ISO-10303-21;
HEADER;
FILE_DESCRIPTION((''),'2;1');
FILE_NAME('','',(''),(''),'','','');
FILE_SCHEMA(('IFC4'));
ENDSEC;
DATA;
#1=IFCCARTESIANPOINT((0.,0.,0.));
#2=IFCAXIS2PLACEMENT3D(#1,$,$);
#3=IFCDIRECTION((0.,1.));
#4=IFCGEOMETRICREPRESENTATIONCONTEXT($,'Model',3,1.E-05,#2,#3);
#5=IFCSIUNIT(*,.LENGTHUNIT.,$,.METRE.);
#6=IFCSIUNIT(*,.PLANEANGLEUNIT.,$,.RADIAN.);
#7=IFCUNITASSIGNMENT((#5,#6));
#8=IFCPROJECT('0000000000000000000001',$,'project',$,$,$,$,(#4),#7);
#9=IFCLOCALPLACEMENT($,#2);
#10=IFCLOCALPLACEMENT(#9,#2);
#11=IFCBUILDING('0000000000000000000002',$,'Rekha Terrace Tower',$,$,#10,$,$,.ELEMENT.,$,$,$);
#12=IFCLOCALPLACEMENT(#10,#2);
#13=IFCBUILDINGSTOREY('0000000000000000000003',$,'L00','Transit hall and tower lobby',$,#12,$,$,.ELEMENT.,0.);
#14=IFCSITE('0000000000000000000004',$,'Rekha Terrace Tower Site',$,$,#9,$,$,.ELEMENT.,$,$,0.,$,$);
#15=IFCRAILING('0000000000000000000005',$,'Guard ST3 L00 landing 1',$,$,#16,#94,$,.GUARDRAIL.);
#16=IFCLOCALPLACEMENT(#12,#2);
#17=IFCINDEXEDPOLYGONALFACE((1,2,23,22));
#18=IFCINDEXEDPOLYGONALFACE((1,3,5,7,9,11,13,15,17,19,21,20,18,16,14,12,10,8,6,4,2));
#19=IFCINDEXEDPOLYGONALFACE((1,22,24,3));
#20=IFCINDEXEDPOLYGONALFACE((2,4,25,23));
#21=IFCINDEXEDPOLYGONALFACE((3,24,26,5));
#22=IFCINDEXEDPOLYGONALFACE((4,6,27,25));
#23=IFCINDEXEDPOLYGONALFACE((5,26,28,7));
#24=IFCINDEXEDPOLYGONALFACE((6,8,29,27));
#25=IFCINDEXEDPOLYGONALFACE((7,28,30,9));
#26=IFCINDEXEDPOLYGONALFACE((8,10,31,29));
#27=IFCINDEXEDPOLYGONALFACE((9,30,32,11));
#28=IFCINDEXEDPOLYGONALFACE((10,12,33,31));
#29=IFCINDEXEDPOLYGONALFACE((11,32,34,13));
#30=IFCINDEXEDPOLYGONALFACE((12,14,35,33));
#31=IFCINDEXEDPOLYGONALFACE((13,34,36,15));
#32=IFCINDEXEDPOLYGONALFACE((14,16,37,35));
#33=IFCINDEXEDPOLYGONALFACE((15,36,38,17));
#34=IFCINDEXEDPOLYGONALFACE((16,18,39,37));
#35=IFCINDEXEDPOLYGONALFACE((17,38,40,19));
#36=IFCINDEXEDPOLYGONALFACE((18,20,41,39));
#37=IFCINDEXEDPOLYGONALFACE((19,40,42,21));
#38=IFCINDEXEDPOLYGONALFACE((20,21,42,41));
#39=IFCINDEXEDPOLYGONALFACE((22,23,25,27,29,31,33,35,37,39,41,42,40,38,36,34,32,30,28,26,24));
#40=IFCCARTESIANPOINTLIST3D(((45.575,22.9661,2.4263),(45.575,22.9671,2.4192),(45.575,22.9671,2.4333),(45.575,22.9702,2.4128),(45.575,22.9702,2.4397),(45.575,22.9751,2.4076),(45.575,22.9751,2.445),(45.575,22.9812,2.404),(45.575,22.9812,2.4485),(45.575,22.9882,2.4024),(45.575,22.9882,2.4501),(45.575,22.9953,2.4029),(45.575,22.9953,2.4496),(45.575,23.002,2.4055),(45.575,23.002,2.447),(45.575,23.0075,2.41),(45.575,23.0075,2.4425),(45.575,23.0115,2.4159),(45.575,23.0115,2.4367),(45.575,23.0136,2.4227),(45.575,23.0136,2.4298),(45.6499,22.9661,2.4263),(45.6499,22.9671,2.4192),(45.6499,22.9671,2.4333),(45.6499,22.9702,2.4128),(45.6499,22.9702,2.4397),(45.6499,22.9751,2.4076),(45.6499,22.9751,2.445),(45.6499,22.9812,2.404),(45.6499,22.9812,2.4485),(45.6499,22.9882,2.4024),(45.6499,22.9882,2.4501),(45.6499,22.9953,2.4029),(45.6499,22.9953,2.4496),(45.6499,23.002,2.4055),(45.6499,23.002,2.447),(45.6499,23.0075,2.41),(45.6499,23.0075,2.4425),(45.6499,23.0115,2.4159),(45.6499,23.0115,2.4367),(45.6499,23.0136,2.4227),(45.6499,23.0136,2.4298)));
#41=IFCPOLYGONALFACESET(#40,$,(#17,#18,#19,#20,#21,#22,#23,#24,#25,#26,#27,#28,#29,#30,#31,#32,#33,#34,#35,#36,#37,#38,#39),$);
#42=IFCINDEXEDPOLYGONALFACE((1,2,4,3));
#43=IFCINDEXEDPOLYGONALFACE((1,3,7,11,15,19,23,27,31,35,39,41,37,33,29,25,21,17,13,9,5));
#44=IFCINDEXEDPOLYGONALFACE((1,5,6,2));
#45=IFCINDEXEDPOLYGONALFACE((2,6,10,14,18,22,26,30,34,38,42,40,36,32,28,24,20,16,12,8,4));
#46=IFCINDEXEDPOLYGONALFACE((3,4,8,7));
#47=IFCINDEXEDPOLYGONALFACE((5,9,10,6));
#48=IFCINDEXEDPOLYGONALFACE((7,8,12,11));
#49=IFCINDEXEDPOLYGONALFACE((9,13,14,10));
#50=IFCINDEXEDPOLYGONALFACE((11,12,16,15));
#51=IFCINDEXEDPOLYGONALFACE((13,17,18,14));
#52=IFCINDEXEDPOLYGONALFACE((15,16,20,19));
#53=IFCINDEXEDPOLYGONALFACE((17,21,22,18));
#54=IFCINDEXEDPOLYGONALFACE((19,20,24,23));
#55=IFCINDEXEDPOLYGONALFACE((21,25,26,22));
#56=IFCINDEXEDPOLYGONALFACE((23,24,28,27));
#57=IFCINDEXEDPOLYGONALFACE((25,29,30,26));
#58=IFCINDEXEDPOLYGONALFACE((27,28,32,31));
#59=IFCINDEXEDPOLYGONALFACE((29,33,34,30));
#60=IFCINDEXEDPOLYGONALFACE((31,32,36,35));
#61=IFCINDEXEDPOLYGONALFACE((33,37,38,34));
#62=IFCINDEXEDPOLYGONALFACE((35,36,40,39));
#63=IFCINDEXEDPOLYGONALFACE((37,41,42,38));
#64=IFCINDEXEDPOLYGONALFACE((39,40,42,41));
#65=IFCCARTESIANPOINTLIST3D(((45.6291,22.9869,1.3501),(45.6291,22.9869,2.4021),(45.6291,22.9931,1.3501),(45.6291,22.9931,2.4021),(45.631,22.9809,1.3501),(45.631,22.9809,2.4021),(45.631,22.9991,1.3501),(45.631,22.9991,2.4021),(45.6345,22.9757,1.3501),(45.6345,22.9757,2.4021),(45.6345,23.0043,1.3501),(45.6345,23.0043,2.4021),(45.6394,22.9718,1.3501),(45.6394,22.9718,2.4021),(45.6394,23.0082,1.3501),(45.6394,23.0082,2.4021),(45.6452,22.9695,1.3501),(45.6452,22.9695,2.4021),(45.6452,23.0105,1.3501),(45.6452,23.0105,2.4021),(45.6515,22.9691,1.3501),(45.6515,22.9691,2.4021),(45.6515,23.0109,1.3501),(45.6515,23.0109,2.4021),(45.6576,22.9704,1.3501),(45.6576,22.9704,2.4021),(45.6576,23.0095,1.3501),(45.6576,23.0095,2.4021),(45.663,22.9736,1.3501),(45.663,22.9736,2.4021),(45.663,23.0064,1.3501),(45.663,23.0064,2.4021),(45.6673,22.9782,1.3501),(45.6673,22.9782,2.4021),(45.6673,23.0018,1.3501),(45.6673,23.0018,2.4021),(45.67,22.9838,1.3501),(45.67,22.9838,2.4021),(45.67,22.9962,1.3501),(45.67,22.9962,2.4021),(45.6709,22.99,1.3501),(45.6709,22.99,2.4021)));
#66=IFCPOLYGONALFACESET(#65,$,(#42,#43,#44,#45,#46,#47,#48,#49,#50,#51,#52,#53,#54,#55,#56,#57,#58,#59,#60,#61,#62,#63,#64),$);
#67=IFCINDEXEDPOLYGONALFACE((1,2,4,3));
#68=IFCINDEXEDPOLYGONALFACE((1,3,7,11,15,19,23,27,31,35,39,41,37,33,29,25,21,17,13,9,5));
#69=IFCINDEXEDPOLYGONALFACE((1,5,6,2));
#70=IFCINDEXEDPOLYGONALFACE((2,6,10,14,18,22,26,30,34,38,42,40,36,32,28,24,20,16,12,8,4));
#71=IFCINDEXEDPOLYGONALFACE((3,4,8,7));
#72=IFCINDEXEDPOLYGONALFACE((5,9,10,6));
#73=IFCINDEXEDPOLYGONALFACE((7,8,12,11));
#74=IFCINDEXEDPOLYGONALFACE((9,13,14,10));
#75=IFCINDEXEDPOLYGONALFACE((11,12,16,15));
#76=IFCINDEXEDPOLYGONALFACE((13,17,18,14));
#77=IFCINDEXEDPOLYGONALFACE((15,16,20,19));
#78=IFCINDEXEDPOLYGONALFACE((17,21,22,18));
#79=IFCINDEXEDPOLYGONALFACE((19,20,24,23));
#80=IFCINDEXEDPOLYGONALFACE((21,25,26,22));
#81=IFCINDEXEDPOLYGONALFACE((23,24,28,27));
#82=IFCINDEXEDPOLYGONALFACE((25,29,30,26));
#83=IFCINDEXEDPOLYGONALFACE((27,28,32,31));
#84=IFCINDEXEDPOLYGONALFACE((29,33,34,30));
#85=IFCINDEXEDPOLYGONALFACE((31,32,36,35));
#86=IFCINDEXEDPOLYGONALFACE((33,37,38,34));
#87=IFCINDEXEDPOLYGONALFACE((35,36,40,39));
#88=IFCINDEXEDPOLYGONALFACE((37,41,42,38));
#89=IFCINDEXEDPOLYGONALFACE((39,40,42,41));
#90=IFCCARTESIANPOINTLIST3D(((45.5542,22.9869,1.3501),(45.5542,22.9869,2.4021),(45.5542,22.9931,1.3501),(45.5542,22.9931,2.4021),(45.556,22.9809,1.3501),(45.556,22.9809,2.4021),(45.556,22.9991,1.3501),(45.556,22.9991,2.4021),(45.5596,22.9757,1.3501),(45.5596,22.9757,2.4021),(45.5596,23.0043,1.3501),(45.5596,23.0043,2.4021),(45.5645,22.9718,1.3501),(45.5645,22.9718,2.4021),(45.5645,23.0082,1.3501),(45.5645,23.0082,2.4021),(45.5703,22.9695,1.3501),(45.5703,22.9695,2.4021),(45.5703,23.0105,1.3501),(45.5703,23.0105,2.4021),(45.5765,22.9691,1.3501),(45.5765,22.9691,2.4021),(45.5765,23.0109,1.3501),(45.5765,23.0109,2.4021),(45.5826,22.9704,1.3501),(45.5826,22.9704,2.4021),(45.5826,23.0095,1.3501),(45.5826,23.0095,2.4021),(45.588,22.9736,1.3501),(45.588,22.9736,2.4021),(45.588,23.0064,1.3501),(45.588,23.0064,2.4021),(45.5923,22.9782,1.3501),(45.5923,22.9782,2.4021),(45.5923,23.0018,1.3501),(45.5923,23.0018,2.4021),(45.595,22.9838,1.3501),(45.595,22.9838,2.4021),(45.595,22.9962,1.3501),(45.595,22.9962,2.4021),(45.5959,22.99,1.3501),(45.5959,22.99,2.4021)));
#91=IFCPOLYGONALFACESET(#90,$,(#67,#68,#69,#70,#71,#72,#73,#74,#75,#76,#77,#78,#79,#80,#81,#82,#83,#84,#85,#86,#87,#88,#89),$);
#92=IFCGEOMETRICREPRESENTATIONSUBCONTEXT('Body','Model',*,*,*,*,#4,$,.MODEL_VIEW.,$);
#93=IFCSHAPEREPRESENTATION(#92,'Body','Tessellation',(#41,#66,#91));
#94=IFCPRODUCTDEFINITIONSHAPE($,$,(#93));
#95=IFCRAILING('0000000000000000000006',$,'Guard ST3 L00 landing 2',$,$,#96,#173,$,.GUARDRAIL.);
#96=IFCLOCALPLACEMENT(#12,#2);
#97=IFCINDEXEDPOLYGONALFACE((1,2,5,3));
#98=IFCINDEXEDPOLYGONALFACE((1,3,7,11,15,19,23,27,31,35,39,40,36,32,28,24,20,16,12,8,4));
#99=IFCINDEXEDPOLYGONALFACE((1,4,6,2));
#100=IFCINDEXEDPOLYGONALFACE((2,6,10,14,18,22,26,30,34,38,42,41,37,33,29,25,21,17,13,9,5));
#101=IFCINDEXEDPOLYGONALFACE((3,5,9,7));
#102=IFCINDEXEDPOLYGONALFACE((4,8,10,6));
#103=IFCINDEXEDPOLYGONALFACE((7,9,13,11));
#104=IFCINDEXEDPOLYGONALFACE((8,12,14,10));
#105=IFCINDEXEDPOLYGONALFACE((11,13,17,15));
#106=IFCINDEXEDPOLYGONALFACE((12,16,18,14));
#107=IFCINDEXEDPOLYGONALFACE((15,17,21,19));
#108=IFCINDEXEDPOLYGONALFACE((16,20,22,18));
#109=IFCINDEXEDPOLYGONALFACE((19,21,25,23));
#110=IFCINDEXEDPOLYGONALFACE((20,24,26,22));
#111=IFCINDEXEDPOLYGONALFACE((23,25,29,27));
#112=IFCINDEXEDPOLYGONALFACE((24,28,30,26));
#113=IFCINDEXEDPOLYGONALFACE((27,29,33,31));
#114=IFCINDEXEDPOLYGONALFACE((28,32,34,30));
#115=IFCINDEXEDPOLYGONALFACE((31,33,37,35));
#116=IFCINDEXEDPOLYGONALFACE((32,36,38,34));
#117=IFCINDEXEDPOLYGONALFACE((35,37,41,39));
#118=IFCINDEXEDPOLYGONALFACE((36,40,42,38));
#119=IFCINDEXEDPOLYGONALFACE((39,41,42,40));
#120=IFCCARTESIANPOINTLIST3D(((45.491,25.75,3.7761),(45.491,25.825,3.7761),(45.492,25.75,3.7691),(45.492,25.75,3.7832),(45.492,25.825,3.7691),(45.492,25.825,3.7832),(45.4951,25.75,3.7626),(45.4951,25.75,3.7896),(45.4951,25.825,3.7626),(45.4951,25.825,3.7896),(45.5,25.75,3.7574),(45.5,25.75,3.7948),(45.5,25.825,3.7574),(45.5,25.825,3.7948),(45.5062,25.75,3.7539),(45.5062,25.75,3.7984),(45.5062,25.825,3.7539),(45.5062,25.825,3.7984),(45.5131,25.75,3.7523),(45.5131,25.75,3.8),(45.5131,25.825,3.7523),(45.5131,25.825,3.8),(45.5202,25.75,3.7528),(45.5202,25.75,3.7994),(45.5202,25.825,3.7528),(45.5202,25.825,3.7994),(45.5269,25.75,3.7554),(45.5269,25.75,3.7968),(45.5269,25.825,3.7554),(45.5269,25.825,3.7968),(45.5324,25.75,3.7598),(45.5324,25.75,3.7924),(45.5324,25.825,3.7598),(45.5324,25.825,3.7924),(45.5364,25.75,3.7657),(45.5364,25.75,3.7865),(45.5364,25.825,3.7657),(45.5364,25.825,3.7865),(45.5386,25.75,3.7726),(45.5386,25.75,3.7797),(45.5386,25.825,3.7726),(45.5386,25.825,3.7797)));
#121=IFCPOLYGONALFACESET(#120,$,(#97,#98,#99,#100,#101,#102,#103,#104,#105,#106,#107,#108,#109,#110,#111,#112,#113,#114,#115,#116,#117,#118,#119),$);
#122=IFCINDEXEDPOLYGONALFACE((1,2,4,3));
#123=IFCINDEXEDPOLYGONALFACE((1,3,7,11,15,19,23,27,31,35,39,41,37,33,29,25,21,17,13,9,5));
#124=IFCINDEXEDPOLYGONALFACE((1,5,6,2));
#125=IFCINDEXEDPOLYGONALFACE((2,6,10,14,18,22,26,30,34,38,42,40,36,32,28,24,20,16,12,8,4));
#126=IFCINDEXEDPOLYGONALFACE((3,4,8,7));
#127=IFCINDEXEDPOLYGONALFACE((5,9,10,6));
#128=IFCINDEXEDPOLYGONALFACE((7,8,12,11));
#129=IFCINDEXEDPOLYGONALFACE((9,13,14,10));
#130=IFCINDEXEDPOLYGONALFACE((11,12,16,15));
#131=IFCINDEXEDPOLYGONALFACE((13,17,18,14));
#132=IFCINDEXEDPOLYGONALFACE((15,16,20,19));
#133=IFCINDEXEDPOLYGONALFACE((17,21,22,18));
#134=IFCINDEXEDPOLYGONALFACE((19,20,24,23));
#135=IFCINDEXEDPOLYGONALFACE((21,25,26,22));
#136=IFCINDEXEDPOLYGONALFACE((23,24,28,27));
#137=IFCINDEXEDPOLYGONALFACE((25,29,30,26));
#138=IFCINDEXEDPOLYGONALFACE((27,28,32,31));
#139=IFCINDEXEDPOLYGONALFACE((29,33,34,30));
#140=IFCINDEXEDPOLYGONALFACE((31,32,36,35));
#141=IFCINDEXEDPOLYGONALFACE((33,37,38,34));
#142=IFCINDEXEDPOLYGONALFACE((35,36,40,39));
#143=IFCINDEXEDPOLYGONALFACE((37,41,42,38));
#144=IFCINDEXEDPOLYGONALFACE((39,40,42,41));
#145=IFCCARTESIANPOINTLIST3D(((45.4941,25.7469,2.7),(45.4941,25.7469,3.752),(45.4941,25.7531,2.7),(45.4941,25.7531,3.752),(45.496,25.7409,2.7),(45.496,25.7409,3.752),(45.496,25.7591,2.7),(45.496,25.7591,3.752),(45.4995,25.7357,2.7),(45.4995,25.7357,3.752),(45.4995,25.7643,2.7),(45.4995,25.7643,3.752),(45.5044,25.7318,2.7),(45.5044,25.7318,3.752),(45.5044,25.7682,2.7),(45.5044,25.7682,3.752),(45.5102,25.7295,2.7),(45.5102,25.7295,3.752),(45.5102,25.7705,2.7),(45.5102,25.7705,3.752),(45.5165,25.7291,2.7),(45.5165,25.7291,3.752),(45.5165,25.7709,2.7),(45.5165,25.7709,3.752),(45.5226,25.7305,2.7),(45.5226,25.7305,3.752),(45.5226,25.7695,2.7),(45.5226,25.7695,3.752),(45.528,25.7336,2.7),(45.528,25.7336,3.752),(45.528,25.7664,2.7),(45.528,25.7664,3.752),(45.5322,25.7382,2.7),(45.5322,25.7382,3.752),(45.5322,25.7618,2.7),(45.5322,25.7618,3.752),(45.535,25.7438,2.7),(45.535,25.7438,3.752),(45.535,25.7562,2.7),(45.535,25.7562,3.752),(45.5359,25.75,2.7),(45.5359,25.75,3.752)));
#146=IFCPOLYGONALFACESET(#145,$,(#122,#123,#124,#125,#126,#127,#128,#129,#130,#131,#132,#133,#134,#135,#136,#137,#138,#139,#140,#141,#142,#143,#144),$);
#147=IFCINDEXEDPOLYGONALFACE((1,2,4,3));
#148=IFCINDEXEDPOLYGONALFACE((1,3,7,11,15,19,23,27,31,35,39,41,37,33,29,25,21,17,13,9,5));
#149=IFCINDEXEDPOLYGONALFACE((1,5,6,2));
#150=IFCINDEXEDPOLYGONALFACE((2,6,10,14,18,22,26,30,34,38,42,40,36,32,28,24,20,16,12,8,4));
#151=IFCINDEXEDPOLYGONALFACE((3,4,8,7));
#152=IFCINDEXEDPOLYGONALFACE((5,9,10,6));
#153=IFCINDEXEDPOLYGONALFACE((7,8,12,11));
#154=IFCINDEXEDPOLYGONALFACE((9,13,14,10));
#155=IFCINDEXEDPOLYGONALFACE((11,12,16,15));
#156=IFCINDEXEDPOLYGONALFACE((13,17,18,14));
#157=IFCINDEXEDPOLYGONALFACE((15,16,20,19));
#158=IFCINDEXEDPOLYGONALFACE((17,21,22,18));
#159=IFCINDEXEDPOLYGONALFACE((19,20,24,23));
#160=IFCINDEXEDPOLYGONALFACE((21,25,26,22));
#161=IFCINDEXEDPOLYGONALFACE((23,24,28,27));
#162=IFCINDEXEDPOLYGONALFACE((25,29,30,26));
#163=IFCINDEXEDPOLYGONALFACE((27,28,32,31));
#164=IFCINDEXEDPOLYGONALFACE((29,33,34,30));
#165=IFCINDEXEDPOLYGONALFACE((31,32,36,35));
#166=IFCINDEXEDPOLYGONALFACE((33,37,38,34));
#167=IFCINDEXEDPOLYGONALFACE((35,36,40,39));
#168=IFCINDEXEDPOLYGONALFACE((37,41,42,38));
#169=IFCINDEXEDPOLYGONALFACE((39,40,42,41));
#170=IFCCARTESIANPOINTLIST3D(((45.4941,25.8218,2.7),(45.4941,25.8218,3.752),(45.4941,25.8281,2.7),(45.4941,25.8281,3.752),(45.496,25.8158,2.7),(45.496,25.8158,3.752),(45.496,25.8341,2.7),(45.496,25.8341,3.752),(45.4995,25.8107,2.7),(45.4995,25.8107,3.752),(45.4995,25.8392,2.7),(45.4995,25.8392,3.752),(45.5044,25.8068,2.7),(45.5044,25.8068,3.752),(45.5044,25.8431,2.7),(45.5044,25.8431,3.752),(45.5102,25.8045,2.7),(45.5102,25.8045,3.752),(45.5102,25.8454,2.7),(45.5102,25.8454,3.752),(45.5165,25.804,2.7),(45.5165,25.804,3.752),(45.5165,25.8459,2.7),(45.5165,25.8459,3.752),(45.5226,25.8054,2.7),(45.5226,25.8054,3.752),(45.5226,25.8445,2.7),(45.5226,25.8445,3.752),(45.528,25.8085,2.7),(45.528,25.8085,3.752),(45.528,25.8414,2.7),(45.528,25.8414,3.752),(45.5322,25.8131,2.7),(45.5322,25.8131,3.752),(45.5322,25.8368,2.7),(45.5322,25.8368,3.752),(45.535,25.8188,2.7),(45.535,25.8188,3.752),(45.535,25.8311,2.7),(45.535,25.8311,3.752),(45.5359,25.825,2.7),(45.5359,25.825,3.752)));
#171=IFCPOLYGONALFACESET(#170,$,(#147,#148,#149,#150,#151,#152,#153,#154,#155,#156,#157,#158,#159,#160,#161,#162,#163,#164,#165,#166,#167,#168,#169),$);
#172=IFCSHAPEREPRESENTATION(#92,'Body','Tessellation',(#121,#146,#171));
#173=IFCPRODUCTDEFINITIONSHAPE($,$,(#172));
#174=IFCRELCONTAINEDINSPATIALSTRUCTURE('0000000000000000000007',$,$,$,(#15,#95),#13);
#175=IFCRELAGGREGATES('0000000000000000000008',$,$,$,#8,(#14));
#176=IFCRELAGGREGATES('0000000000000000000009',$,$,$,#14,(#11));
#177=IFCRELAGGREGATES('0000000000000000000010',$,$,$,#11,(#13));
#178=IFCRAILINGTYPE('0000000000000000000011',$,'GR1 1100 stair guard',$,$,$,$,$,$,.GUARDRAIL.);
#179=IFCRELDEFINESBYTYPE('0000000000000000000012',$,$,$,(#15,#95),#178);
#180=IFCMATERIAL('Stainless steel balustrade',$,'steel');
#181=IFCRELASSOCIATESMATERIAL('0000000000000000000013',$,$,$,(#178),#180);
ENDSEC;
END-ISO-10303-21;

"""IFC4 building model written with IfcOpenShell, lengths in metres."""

from ifc_helpers import new_model, si_unit, direction, frame, origin, origin_2d, place, context, subcontext, project, spatial, circle, extrude, material, type_object, element, save


model = new_model("IFC4")

# Units and contexts
model_context = context("Model", 3, precision=1e-05, world=origin(), true_north=direction((0.0, 1.0)))
body_context = subcontext(model_context, "Body", "Model", "MODEL_VIEW")
ifc_project = project(units=[si_unit("LENGTHUNIT", "METRE"), si_unit("PLANEANGLEUNIT", "RADIAN")], contexts=[model_context])

# Site, building, storey
site_placement = place(None, origin())
site = spatial("IfcSite", under=ifc_project, at=site_placement, Name="Rekha Terrace Tower Site", CompositionType="ELEMENT", RefElevation=0.0)
building_placement = place(site_placement, origin())
building = spatial("IfcBuilding", under=site, at=building_placement, Name="Rekha Terrace Tower", CompositionType="ELEMENT")
storey_placement = place(building_placement, origin())
storey = spatial("IfcBuildingStorey", under=building, at=storey_placement, Name="L00", Description="Transit hall and tower lobby", CompositionType="ELEMENT", Elevation=0.0)

# Railings
ifc_material_1 = material(Name="Stainless steel balustrade", Category="steel")
railing_type_1 = type_object("IfcRailingType", Name="GR1 1100 stair guard", PredefinedType="GUARDRAIL", material=ifc_material_1)
railing_1_placement = place(storey_placement, frame((45.6499, 22.99, 1.3501)))
element("IfcRailing", 1, at=railing_1_placement, inside=storey, type_object=railing_type_1, Name="Guard ST3 L00 landing 1", PredefinedType="GUARDRAIL", context=body_context, shape_type="SweptSolid", body=[
    extrude(circle(Radius=0.0239, at=origin_2d()), frame((0.0, 0.0, 1.0762), z_axis=(-1.0, 0.0, 0.0), x_axis=(0.0, -1.0, 0.0)), (0.0, 0.0, 1.0), 0.075),
    extrude(circle(Radius=0.021, at=origin_2d()), origin(), (0.0, 0.0, 1.0), 1.052),
    extrude(circle(Radius=0.021, at=origin_2d()), frame((-0.075, 0.0, 0.0)), (0.0, 0.0, 1.0), 1.052),
])
railing_2_placement = place(storey_placement, frame((45.5149, 25.75, 2.7)))
element("IfcRailing", 2, at=railing_2_placement, inside=storey, type_object=railing_type_1, Name="Guard ST3 L00 landing 2", PredefinedType="GUARDRAIL", context=body_context, shape_type="SweptSolid", body=[
    extrude(circle(Radius=0.0239, at=origin_2d()), frame((0.0, 0.0, 1.0762), z_axis=(0.0, 1.0, 0.0), x_axis=(-1.0, 0.0, 0.0)), (0.0, 0.0, 1.0), 0.075),
    extrude(circle(Radius=0.021, at=origin_2d()), origin(), (0.0, 0.0, 1.0), 1.052),
    extrude(circle(Radius=0.021, at=origin_2d()), frame((0.0, 0.075, 0.0)), (0.0, 0.0, 1.0), 1.052),
])

save(model, "model.ifc")
